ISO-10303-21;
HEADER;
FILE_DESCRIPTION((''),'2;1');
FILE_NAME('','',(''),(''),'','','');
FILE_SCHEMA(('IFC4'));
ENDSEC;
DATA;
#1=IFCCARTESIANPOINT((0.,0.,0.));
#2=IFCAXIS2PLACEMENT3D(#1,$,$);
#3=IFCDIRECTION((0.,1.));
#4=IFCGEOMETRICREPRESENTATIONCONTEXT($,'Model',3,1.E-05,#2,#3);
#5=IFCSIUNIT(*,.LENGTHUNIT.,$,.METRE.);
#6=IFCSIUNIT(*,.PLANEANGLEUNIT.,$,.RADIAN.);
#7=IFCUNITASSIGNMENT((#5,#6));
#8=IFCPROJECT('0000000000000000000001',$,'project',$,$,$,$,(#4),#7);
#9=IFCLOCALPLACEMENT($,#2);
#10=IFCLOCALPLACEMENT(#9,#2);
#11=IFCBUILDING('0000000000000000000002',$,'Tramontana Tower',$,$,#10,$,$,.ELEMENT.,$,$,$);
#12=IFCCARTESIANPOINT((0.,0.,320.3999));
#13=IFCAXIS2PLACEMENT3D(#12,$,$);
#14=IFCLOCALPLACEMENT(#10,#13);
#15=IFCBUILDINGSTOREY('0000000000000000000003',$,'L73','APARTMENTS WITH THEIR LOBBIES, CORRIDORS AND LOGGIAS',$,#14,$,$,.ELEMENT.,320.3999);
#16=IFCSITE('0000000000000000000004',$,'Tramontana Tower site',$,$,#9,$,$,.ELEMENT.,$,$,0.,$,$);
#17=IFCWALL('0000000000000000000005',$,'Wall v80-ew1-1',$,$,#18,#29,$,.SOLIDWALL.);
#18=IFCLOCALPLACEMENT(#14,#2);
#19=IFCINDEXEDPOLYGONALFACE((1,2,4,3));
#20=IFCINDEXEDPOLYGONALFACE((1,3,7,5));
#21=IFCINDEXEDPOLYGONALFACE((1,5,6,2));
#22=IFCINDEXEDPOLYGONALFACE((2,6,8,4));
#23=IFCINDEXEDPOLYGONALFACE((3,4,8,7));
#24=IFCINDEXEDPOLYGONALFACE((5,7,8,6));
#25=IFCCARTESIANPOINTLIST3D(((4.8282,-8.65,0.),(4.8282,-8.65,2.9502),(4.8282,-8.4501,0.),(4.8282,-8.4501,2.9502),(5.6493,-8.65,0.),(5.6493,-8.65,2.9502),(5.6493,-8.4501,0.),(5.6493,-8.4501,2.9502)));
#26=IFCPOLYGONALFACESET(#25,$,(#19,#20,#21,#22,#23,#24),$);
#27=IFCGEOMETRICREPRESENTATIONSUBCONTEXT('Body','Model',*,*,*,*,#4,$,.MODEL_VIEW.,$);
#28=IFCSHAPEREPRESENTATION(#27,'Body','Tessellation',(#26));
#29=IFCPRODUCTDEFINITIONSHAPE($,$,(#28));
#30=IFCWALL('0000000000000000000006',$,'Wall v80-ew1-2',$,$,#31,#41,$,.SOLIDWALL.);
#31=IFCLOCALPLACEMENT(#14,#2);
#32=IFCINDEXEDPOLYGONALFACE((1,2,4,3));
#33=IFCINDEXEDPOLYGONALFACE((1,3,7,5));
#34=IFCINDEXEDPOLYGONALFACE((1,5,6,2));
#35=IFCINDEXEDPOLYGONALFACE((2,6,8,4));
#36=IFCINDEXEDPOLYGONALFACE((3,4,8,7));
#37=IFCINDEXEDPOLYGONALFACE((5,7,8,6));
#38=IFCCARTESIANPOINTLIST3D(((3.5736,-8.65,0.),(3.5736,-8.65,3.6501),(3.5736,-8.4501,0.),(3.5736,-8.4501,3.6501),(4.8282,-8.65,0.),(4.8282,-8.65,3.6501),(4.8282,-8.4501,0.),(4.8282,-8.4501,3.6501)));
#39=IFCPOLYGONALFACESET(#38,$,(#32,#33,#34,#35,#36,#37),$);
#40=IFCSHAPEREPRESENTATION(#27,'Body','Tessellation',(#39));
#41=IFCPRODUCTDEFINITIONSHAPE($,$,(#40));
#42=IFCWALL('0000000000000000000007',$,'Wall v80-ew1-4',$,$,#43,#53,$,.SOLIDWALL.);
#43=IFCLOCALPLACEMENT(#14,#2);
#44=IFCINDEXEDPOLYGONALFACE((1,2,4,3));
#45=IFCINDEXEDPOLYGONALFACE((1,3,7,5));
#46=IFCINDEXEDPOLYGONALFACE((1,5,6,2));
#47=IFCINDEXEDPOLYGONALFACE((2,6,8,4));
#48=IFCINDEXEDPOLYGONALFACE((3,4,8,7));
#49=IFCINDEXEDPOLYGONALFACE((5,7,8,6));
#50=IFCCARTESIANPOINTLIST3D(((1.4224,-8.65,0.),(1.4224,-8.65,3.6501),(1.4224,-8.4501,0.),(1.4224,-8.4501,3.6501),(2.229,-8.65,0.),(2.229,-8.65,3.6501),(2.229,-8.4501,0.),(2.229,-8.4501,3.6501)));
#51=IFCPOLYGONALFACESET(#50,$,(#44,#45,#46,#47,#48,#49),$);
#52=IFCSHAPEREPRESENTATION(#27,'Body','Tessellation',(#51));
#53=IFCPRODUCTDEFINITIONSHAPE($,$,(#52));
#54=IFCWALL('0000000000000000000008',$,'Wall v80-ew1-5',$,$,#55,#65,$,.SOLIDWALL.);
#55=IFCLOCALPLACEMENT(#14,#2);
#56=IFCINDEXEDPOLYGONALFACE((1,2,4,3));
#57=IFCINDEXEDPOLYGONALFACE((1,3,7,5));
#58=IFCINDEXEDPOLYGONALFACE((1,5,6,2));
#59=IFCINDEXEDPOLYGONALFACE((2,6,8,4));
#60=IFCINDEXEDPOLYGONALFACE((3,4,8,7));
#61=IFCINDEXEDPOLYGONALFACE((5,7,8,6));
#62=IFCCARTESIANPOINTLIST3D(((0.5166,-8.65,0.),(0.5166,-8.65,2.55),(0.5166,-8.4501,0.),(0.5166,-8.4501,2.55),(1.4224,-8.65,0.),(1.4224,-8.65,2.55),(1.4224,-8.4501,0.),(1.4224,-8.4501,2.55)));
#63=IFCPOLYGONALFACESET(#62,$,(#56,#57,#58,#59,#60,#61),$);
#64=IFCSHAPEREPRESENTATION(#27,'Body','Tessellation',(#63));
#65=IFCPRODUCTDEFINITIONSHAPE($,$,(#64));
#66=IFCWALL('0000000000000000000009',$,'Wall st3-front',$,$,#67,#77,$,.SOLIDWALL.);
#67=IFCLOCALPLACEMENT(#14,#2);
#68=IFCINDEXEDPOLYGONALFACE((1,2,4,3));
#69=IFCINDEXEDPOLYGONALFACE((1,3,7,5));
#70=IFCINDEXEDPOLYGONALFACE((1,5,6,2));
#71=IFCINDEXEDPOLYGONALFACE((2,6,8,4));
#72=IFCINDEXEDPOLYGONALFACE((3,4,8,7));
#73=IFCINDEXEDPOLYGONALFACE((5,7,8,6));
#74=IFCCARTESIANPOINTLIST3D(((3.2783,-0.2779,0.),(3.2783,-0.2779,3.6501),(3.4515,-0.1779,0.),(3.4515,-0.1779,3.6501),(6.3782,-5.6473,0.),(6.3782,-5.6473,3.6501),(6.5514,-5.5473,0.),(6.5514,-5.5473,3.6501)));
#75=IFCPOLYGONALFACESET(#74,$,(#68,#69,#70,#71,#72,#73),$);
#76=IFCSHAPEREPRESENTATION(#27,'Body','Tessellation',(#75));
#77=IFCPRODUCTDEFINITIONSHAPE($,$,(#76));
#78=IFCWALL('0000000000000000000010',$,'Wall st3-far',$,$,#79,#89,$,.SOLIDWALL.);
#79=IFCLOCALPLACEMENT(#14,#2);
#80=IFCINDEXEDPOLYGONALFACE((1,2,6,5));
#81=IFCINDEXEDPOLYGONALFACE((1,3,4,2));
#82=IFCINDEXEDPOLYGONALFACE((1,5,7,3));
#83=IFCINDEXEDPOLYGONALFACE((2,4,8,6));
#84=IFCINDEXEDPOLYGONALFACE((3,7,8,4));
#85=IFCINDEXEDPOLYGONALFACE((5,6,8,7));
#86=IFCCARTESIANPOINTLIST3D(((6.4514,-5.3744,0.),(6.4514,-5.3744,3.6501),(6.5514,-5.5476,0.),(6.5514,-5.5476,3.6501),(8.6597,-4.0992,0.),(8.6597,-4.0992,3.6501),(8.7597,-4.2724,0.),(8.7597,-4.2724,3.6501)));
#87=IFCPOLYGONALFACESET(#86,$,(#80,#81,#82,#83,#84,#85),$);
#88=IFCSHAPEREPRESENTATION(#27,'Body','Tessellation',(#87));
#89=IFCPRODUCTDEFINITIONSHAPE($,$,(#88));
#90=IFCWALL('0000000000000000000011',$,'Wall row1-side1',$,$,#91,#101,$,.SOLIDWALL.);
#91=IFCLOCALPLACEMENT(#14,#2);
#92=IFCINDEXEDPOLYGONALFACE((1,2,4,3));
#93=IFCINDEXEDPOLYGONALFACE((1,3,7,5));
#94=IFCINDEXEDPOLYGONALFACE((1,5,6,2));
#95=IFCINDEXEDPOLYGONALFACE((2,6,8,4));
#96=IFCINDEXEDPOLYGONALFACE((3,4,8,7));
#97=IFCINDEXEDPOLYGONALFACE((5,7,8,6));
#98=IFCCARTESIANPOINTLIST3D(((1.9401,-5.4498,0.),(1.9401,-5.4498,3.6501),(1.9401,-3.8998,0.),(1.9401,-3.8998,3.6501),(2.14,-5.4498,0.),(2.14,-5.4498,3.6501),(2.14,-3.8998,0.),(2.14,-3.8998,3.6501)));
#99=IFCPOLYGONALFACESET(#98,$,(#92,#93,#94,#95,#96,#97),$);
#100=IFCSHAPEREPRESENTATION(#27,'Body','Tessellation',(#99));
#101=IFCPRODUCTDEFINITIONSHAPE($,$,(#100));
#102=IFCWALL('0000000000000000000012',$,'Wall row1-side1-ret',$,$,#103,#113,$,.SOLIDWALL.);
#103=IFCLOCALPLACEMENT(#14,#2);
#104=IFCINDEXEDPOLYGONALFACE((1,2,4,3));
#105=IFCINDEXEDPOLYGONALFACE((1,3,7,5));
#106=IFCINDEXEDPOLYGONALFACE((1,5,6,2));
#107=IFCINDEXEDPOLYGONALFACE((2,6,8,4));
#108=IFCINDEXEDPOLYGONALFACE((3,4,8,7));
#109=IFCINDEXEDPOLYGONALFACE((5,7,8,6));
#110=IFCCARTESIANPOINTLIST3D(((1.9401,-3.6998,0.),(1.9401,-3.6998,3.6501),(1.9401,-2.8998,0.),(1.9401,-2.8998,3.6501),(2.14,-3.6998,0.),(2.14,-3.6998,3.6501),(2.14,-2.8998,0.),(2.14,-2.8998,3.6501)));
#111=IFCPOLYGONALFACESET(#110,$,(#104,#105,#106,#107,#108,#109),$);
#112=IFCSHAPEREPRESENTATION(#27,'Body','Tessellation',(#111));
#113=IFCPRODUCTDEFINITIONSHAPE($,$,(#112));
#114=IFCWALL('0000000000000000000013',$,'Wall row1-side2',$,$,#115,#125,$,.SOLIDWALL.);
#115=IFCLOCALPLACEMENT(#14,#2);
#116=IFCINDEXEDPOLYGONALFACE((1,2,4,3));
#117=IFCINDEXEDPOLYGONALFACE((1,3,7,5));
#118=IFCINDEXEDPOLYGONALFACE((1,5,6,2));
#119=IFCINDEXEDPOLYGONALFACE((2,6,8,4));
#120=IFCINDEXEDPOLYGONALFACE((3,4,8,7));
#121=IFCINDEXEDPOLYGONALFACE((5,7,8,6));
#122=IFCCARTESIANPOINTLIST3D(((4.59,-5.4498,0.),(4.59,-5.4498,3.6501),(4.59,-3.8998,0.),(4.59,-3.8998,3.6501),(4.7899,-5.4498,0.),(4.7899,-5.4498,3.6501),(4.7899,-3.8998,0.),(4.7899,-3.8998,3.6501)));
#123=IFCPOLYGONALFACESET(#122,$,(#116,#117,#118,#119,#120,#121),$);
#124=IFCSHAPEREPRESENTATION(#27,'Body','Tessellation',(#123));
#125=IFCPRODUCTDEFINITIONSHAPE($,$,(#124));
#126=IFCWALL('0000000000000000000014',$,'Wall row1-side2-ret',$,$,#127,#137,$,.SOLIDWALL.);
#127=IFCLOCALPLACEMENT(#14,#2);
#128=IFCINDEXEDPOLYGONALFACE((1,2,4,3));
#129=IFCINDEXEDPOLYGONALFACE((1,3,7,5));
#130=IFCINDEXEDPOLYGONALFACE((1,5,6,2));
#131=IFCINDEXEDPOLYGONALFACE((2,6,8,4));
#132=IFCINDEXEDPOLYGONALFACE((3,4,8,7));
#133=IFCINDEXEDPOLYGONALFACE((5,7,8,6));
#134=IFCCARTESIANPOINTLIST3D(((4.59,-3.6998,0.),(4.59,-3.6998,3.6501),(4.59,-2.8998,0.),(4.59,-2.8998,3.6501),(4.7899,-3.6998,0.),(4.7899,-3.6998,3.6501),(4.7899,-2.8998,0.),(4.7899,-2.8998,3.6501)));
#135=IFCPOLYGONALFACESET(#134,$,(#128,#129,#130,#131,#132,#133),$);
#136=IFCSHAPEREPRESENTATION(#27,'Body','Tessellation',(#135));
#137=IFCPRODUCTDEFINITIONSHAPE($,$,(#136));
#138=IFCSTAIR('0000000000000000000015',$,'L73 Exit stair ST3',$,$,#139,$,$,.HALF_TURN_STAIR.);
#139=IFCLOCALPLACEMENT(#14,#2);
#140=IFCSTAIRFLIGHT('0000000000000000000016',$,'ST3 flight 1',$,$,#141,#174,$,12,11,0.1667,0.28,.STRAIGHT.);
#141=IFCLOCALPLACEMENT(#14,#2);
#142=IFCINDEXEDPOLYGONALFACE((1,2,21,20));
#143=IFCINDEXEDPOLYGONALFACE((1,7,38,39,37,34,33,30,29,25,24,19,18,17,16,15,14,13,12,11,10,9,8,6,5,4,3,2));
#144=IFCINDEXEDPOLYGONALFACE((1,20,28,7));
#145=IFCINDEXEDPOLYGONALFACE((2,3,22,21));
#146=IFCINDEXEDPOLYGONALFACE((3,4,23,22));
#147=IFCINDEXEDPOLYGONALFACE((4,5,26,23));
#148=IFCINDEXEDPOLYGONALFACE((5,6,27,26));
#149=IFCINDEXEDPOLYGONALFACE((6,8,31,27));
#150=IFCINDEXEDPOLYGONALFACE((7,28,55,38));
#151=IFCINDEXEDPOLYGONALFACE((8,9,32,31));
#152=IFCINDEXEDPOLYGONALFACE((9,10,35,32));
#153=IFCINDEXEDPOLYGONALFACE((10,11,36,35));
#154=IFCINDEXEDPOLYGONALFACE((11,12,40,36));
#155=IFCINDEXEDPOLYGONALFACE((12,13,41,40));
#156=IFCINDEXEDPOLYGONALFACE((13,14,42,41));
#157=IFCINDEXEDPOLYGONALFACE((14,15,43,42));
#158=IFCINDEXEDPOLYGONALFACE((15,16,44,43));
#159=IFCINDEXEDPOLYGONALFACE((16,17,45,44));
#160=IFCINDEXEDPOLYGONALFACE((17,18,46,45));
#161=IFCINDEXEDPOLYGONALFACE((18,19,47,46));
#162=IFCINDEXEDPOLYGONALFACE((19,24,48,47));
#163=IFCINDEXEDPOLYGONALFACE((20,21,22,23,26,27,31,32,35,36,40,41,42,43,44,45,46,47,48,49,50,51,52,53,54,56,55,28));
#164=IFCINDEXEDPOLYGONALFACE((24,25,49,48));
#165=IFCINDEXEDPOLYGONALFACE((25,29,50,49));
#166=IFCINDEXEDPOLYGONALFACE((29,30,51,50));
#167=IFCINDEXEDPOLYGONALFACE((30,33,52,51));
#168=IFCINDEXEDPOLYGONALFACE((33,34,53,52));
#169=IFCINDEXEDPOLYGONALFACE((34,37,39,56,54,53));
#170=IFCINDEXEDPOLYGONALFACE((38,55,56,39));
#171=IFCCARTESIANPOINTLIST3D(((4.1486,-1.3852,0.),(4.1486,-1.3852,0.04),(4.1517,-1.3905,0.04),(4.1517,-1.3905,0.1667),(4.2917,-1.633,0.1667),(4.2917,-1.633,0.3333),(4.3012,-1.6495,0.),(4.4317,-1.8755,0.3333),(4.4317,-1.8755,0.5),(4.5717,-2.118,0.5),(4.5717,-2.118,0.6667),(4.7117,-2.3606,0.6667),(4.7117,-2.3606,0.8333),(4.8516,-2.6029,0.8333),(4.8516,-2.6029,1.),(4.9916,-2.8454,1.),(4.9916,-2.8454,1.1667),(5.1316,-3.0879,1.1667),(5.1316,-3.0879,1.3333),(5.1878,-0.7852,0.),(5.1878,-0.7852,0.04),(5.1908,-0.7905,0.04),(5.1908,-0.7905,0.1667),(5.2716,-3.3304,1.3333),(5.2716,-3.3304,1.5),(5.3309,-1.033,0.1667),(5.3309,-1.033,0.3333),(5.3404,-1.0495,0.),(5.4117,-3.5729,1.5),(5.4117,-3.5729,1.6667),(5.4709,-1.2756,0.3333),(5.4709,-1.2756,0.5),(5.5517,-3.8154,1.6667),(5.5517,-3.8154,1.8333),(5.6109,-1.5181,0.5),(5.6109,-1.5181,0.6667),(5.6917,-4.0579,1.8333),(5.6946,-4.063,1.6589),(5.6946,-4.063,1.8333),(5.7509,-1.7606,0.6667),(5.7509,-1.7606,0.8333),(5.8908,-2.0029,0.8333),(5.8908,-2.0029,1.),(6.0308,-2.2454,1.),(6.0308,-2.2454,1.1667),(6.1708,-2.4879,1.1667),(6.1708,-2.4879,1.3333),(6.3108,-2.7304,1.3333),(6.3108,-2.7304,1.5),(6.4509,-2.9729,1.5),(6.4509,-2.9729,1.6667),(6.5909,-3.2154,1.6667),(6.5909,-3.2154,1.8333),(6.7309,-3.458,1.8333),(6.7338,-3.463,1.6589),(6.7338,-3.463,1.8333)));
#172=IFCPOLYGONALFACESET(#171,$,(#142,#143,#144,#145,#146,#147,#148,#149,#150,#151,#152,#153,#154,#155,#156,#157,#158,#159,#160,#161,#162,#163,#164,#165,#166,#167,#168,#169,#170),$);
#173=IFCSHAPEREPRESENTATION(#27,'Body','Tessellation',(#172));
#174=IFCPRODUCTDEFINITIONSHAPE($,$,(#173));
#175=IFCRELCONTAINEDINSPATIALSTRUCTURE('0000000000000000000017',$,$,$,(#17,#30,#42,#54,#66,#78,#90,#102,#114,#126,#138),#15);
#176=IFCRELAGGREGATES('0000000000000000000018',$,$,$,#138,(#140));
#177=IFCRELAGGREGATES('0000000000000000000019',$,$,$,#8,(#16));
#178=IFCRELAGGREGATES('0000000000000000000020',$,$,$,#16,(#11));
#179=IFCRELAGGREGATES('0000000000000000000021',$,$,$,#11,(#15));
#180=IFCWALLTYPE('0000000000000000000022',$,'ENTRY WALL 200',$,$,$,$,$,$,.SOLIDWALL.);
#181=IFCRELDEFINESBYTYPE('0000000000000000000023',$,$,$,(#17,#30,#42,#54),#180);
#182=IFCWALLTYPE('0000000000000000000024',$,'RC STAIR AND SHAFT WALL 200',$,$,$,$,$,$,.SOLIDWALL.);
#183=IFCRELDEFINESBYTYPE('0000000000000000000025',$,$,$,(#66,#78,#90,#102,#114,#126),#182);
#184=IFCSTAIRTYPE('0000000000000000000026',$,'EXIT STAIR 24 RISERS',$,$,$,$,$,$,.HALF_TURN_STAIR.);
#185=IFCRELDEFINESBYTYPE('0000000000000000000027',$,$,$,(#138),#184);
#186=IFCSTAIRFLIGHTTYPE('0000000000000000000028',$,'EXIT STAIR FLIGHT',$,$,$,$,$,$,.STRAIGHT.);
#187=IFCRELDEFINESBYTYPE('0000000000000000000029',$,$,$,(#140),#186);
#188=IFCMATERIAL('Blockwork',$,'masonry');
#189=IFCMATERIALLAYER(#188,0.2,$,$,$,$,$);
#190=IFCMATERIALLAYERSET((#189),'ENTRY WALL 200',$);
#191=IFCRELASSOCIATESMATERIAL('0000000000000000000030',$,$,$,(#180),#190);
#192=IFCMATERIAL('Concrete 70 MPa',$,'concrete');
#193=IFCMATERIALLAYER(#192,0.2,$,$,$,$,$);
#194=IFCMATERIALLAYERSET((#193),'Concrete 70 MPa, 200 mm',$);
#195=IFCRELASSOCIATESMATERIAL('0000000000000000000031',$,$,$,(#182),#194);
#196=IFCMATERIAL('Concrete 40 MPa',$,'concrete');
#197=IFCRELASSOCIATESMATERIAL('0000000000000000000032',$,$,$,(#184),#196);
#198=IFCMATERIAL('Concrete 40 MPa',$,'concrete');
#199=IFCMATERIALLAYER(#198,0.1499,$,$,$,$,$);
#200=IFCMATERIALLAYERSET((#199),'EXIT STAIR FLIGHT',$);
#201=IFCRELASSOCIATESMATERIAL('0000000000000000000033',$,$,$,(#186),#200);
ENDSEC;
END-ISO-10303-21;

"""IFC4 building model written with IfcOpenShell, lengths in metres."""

from ifc_helpers import new_model, si_unit, direction, frame, frame_2d, origin, place, context, subcontext, project, spatial, polyline, rectangle, outline, extrude, material, layer, layer_set, type_object, element, aggregate, save


model = new_model("IFC4")

# Units and contexts
model_context = context("Model", 3, precision=1e-05, world=origin(), true_north=direction((0.0, 1.0)))
body_context = subcontext(model_context, "Body", "Model", "MODEL_VIEW")
ifc_project = project(units=[si_unit("LENGTHUNIT", "METRE"), si_unit("PLANEANGLEUNIT", "RADIAN")], contexts=[model_context])

# Site, building, storey
site_placement = place(None, origin())
site = spatial("IfcSite", under=ifc_project, at=site_placement, Name="Tramontana Tower site", CompositionType="ELEMENT", RefElevation=0.0)
building_placement = place(site_placement, origin())
building = spatial("IfcBuilding", under=site, at=building_placement, Name="Tramontana Tower", CompositionType="ELEMENT")
storey_placement = place(building_placement, frame((0.0, 0.0, 320.3999)))
storey = spatial("IfcBuildingStorey", under=building, at=storey_placement, Name="L73", Description="APARTMENTS WITH THEIR LOBBIES, CORRIDORS AND LOGGIAS", CompositionType="ELEMENT", Elevation=320.3999)

# Walls
ifc_material_1 = material(Name="Blockwork", Category="masonry")
ifc_layer_1 = layer(ifc_material_1, 0.2)
ifc_layer_set_1 = layer_set([ifc_layer_1], Name="ENTRY WALL 200")
wall_type_1 = type_object("IfcWallType", Name="ENTRY WALL 200", PredefinedType="SOLIDWALL", material=ifc_layer_set_1)
wall_1_placement = place(storey_placement, frame((5.6494, -8.55, 0.0), z_axis=(0.0, 0.0, 1.0), x_axis=(-1.0, 0.0, 0.0)))
element("IfcWall", 1, at=wall_1_placement, inside=storey, type_object=wall_type_1, Name="Wall v80-ew1-1", PredefinedType="SOLIDWALL", context=body_context, shape_type="SweptSolid", body=[
    extrude(rectangle(XDim=0.821, YDim=0.2, at=frame_2d((0.4106, 0.0))), origin(), (0.0, 0.0, 1.0), 2.9502),
])
wall_2_placement = place(storey_placement, frame((4.8284, -8.55, 0.0), z_axis=(0.0, 0.0, 1.0), x_axis=(-1.0, 0.0, 0.0)))
element("IfcWall", 2, at=wall_2_placement, inside=storey, type_object=wall_type_1, Name="Wall v80-ew1-2", PredefinedType="SOLIDWALL", context=body_context, shape_type="SweptSolid", body=[
    extrude(rectangle(XDim=1.2546, YDim=0.2, at=frame_2d((0.6274, 0.0))), origin(), (0.0, 0.0, 1.0), 3.6501),
])

# Walls
wall_3_placement = place(storey_placement, frame((2.229, -8.55, 0.0), z_axis=(0.0, 0.0, 1.0), x_axis=(-1.0, 0.0, 0.0)))
element("IfcWall", 3, at=wall_3_placement, inside=storey, type_object=wall_type_1, Name="Wall v80-ew1-4", PredefinedType="SOLIDWALL", context=body_context, shape_type="SweptSolid", body=[
    extrude(rectangle(XDim=0.8066, YDim=0.2, at=frame_2d((0.4033, 0.0))), origin(), (0.0, 0.0, 1.0), 3.6501),
])
wall_4_placement = place(storey_placement, frame((1.4224, -8.55, 0.0), z_axis=(0.0, 0.0, 1.0), x_axis=(-1.0, 0.0, 0.0)))
element("IfcWall", 4, at=wall_4_placement, inside=storey, type_object=wall_type_1, Name="Wall v80-ew1-5", PredefinedType="SOLIDWALL", context=body_context, shape_type="SweptSolid", body=[
    extrude(rectangle(XDim=0.9058, YDim=0.2, at=frame_2d((0.4529, 0.0))), origin(), (0.0, 0.0, 1.0), 2.55),
])
ifc_material_2 = material(Name="Concrete 70 MPa", Category="concrete")
ifc_layer_2 = layer(ifc_material_2, 0.2)
ifc_layer_set_2 = layer_set([ifc_layer_2], Name="Concrete 70 MPa, 200 mm")
wall_type_2 = type_object("IfcWallType", Name="RC STAIR AND SHAFT WALL 200", PredefinedType="SOLIDWALL", material=ifc_layer_set_2)
wall_5_placement = place(storey_placement, frame((6.4648, -5.5974, 0.0), z_axis=(0.0, 0.0, 1.0), x_axis=(-0.49998, 0.866037, 0.0)))
element("IfcWall", 5, at=wall_5_placement, inside=storey, type_object=wall_type_2, Name="Wall st3-front", PredefinedType="SOLIDWALL", context=body_context, shape_type="SweptSolid", body=[
    extrude(rectangle(XDim=6.2, YDim=0.2, at=frame_2d((3.1001, 0.0))), origin(), (0.0, 0.0, 1.0), 3.6501),
])
wall_6_placement = place(storey_placement, frame((6.5015, -5.4609, 0.0), z_axis=(0.0, 0.0, 1.0), x_axis=(0.865989, 0.500062, 0.0)))
element("IfcWall", 6, at=wall_6_placement, inside=storey, type_object=wall_type_2, Name="Wall st3-far", PredefinedType="SOLIDWALL", context=body_context, shape_type="SweptSolid", body=[
    extrude(rectangle(XDim=2.55, YDim=0.2, at=frame_2d((1.2749, 0.0))), origin(), (0.0, 0.0, 1.0), 3.6501),
])

# Walls
wall_7_placement = place(storey_placement, frame((2.04, -3.8999, 0.0), z_axis=(0.0, 0.0, 1.0), x_axis=(0.0, -1.0, 0.0)))
element("IfcWall", 7, at=wall_7_placement, inside=storey, type_object=wall_type_2, Name="Wall row1-side1", PredefinedType="SOLIDWALL", context=body_context, shape_type="SweptSolid", body=[
    extrude(rectangle(XDim=1.55, YDim=0.2, at=frame_2d((0.7749, 0.0))), origin(), (0.0, 0.0, 1.0), 3.6501),
])
wall_8_placement = place(storey_placement, frame((2.04, -2.8999, 0.0), z_axis=(0.0, 0.0, 1.0), x_axis=(0.0, -1.0, 0.0)))
element("IfcWall", 8, at=wall_8_placement, inside=storey, type_object=wall_type_2, Name="Wall row1-side1-ret", PredefinedType="SOLIDWALL", context=body_context, shape_type="SweptSolid", body=[
    extrude(rectangle(XDim=0.8, YDim=0.2, at=frame_2d((0.3999, 0.0))), origin(), (0.0, 0.0, 1.0), 3.6501),
])
wall_9_placement = place(storey_placement, frame((4.6899, -3.8999, 0.0), z_axis=(0.0, 0.0, 1.0), x_axis=(0.0, -1.0, 0.0)))
element("IfcWall", 9, at=wall_9_placement, inside=storey, type_object=wall_type_2, Name="Wall row1-side2", PredefinedType="SOLIDWALL", context=body_context, shape_type="SweptSolid", body=[
    extrude(rectangle(XDim=1.55, YDim=0.2, at=frame_2d((0.7749, 0.0))), origin(), (0.0, 0.0, 1.0), 3.6501),
])
wall_10_placement = place(storey_placement, frame((4.6899, -2.8999, 0.0), z_axis=(0.0, 0.0, 1.0), x_axis=(0.0, -1.0, 0.0)))
element("IfcWall", 10, at=wall_10_placement, inside=storey, type_object=wall_type_2, Name="Wall row1-side2-ret", PredefinedType="SOLIDWALL", context=body_context, shape_type="SweptSolid", body=[
    extrude(rectangle(XDim=0.8, YDim=0.2, at=frame_2d((0.3999, 0.0))), origin(), (0.0, 0.0, 1.0), 3.6501),
])

# Stair, stair flight
ifc_material_3 = material(Name="Concrete 40 MPa", Category="concrete")
stair_type = type_object("IfcStairType", Name="EXIT STAIR 24 RISERS", PredefinedType="HALF_TURN_STAIR", material=ifc_material_3)
stair_placement = place(storey_placement, origin())
stair = element("IfcStair", 11, at=stair_placement, inside=storey, type_object=stair_type, Name="L73 Exit stair ST3", PredefinedType="HALF_TURN_STAIR")
ifc_material_4 = material(Name="Concrete 40 MPa", Category="concrete")
ifc_layer_3 = layer(ifc_material_4, 0.1499)
ifc_layer_set_3 = layer_set([ifc_layer_3], Name="EXIT STAIR FLIGHT")
stair_flight_type = type_object("IfcStairFlightType", Name="EXIT STAIR FLIGHT", PredefinedType="STRAIGHT", material=ifc_layer_set_3)
stair_flight_1_placement = place(storey_placement, frame((4.6711, -1.0906, 0.0), z_axis=(0.0, 0.0, 1.0), x_axis=(0.5, -0.866025, 0.0)))
stair_flight_1 = element("IfcStairFlight", 12, at=stair_flight_1_placement, type_object=stair_flight_type, Name="ST3 flight 1", NumberOfRisers=12, NumberOfTreads=11, PredefinedType="STRAIGHT", RiserHeight=0.1667, TreadLength=0.28, context=body_context, shape_type="SweptSolid", body=[
    extrude(outline(polyline([(-0.0061, 0.0), (-0.0061, 0.04), (0.0, 0.04), (0.0, 0.1667), (0.28, 0.1667), (0.28, 0.3333), (0.5601, 0.3333), (0.5601, 0.5), (0.8401, 0.5), (0.8401, 0.6667), (1.1201, 0.6667), (1.1201, 0.8333), (1.3999, 0.8333), (1.3999, 1.0), (1.6799, 1.0), (1.6799, 1.1667), (1.96, 1.1667), (1.96, 1.3333), (2.24, 1.3333), (2.24, 1.5), (2.52, 1.5), (2.52, 1.6667), (2.8, 1.6667), (2.8, 1.8333), (3.0801, 1.8333), (3.0859, 1.8333), (3.0859, 1.6589), (0.2991, 0.0), (-0.0061, 0.0)])), frame((0.0, 0.6001, 0.0), z_axis=(0.0, -1.0, 0.0), x_axis=(1.0, 0.0, 0.0)), (0.0, 0.0, 1.0), 1.2),
])
aggregate(stair, [stair_flight_1])

save(model, "model.ifc")
